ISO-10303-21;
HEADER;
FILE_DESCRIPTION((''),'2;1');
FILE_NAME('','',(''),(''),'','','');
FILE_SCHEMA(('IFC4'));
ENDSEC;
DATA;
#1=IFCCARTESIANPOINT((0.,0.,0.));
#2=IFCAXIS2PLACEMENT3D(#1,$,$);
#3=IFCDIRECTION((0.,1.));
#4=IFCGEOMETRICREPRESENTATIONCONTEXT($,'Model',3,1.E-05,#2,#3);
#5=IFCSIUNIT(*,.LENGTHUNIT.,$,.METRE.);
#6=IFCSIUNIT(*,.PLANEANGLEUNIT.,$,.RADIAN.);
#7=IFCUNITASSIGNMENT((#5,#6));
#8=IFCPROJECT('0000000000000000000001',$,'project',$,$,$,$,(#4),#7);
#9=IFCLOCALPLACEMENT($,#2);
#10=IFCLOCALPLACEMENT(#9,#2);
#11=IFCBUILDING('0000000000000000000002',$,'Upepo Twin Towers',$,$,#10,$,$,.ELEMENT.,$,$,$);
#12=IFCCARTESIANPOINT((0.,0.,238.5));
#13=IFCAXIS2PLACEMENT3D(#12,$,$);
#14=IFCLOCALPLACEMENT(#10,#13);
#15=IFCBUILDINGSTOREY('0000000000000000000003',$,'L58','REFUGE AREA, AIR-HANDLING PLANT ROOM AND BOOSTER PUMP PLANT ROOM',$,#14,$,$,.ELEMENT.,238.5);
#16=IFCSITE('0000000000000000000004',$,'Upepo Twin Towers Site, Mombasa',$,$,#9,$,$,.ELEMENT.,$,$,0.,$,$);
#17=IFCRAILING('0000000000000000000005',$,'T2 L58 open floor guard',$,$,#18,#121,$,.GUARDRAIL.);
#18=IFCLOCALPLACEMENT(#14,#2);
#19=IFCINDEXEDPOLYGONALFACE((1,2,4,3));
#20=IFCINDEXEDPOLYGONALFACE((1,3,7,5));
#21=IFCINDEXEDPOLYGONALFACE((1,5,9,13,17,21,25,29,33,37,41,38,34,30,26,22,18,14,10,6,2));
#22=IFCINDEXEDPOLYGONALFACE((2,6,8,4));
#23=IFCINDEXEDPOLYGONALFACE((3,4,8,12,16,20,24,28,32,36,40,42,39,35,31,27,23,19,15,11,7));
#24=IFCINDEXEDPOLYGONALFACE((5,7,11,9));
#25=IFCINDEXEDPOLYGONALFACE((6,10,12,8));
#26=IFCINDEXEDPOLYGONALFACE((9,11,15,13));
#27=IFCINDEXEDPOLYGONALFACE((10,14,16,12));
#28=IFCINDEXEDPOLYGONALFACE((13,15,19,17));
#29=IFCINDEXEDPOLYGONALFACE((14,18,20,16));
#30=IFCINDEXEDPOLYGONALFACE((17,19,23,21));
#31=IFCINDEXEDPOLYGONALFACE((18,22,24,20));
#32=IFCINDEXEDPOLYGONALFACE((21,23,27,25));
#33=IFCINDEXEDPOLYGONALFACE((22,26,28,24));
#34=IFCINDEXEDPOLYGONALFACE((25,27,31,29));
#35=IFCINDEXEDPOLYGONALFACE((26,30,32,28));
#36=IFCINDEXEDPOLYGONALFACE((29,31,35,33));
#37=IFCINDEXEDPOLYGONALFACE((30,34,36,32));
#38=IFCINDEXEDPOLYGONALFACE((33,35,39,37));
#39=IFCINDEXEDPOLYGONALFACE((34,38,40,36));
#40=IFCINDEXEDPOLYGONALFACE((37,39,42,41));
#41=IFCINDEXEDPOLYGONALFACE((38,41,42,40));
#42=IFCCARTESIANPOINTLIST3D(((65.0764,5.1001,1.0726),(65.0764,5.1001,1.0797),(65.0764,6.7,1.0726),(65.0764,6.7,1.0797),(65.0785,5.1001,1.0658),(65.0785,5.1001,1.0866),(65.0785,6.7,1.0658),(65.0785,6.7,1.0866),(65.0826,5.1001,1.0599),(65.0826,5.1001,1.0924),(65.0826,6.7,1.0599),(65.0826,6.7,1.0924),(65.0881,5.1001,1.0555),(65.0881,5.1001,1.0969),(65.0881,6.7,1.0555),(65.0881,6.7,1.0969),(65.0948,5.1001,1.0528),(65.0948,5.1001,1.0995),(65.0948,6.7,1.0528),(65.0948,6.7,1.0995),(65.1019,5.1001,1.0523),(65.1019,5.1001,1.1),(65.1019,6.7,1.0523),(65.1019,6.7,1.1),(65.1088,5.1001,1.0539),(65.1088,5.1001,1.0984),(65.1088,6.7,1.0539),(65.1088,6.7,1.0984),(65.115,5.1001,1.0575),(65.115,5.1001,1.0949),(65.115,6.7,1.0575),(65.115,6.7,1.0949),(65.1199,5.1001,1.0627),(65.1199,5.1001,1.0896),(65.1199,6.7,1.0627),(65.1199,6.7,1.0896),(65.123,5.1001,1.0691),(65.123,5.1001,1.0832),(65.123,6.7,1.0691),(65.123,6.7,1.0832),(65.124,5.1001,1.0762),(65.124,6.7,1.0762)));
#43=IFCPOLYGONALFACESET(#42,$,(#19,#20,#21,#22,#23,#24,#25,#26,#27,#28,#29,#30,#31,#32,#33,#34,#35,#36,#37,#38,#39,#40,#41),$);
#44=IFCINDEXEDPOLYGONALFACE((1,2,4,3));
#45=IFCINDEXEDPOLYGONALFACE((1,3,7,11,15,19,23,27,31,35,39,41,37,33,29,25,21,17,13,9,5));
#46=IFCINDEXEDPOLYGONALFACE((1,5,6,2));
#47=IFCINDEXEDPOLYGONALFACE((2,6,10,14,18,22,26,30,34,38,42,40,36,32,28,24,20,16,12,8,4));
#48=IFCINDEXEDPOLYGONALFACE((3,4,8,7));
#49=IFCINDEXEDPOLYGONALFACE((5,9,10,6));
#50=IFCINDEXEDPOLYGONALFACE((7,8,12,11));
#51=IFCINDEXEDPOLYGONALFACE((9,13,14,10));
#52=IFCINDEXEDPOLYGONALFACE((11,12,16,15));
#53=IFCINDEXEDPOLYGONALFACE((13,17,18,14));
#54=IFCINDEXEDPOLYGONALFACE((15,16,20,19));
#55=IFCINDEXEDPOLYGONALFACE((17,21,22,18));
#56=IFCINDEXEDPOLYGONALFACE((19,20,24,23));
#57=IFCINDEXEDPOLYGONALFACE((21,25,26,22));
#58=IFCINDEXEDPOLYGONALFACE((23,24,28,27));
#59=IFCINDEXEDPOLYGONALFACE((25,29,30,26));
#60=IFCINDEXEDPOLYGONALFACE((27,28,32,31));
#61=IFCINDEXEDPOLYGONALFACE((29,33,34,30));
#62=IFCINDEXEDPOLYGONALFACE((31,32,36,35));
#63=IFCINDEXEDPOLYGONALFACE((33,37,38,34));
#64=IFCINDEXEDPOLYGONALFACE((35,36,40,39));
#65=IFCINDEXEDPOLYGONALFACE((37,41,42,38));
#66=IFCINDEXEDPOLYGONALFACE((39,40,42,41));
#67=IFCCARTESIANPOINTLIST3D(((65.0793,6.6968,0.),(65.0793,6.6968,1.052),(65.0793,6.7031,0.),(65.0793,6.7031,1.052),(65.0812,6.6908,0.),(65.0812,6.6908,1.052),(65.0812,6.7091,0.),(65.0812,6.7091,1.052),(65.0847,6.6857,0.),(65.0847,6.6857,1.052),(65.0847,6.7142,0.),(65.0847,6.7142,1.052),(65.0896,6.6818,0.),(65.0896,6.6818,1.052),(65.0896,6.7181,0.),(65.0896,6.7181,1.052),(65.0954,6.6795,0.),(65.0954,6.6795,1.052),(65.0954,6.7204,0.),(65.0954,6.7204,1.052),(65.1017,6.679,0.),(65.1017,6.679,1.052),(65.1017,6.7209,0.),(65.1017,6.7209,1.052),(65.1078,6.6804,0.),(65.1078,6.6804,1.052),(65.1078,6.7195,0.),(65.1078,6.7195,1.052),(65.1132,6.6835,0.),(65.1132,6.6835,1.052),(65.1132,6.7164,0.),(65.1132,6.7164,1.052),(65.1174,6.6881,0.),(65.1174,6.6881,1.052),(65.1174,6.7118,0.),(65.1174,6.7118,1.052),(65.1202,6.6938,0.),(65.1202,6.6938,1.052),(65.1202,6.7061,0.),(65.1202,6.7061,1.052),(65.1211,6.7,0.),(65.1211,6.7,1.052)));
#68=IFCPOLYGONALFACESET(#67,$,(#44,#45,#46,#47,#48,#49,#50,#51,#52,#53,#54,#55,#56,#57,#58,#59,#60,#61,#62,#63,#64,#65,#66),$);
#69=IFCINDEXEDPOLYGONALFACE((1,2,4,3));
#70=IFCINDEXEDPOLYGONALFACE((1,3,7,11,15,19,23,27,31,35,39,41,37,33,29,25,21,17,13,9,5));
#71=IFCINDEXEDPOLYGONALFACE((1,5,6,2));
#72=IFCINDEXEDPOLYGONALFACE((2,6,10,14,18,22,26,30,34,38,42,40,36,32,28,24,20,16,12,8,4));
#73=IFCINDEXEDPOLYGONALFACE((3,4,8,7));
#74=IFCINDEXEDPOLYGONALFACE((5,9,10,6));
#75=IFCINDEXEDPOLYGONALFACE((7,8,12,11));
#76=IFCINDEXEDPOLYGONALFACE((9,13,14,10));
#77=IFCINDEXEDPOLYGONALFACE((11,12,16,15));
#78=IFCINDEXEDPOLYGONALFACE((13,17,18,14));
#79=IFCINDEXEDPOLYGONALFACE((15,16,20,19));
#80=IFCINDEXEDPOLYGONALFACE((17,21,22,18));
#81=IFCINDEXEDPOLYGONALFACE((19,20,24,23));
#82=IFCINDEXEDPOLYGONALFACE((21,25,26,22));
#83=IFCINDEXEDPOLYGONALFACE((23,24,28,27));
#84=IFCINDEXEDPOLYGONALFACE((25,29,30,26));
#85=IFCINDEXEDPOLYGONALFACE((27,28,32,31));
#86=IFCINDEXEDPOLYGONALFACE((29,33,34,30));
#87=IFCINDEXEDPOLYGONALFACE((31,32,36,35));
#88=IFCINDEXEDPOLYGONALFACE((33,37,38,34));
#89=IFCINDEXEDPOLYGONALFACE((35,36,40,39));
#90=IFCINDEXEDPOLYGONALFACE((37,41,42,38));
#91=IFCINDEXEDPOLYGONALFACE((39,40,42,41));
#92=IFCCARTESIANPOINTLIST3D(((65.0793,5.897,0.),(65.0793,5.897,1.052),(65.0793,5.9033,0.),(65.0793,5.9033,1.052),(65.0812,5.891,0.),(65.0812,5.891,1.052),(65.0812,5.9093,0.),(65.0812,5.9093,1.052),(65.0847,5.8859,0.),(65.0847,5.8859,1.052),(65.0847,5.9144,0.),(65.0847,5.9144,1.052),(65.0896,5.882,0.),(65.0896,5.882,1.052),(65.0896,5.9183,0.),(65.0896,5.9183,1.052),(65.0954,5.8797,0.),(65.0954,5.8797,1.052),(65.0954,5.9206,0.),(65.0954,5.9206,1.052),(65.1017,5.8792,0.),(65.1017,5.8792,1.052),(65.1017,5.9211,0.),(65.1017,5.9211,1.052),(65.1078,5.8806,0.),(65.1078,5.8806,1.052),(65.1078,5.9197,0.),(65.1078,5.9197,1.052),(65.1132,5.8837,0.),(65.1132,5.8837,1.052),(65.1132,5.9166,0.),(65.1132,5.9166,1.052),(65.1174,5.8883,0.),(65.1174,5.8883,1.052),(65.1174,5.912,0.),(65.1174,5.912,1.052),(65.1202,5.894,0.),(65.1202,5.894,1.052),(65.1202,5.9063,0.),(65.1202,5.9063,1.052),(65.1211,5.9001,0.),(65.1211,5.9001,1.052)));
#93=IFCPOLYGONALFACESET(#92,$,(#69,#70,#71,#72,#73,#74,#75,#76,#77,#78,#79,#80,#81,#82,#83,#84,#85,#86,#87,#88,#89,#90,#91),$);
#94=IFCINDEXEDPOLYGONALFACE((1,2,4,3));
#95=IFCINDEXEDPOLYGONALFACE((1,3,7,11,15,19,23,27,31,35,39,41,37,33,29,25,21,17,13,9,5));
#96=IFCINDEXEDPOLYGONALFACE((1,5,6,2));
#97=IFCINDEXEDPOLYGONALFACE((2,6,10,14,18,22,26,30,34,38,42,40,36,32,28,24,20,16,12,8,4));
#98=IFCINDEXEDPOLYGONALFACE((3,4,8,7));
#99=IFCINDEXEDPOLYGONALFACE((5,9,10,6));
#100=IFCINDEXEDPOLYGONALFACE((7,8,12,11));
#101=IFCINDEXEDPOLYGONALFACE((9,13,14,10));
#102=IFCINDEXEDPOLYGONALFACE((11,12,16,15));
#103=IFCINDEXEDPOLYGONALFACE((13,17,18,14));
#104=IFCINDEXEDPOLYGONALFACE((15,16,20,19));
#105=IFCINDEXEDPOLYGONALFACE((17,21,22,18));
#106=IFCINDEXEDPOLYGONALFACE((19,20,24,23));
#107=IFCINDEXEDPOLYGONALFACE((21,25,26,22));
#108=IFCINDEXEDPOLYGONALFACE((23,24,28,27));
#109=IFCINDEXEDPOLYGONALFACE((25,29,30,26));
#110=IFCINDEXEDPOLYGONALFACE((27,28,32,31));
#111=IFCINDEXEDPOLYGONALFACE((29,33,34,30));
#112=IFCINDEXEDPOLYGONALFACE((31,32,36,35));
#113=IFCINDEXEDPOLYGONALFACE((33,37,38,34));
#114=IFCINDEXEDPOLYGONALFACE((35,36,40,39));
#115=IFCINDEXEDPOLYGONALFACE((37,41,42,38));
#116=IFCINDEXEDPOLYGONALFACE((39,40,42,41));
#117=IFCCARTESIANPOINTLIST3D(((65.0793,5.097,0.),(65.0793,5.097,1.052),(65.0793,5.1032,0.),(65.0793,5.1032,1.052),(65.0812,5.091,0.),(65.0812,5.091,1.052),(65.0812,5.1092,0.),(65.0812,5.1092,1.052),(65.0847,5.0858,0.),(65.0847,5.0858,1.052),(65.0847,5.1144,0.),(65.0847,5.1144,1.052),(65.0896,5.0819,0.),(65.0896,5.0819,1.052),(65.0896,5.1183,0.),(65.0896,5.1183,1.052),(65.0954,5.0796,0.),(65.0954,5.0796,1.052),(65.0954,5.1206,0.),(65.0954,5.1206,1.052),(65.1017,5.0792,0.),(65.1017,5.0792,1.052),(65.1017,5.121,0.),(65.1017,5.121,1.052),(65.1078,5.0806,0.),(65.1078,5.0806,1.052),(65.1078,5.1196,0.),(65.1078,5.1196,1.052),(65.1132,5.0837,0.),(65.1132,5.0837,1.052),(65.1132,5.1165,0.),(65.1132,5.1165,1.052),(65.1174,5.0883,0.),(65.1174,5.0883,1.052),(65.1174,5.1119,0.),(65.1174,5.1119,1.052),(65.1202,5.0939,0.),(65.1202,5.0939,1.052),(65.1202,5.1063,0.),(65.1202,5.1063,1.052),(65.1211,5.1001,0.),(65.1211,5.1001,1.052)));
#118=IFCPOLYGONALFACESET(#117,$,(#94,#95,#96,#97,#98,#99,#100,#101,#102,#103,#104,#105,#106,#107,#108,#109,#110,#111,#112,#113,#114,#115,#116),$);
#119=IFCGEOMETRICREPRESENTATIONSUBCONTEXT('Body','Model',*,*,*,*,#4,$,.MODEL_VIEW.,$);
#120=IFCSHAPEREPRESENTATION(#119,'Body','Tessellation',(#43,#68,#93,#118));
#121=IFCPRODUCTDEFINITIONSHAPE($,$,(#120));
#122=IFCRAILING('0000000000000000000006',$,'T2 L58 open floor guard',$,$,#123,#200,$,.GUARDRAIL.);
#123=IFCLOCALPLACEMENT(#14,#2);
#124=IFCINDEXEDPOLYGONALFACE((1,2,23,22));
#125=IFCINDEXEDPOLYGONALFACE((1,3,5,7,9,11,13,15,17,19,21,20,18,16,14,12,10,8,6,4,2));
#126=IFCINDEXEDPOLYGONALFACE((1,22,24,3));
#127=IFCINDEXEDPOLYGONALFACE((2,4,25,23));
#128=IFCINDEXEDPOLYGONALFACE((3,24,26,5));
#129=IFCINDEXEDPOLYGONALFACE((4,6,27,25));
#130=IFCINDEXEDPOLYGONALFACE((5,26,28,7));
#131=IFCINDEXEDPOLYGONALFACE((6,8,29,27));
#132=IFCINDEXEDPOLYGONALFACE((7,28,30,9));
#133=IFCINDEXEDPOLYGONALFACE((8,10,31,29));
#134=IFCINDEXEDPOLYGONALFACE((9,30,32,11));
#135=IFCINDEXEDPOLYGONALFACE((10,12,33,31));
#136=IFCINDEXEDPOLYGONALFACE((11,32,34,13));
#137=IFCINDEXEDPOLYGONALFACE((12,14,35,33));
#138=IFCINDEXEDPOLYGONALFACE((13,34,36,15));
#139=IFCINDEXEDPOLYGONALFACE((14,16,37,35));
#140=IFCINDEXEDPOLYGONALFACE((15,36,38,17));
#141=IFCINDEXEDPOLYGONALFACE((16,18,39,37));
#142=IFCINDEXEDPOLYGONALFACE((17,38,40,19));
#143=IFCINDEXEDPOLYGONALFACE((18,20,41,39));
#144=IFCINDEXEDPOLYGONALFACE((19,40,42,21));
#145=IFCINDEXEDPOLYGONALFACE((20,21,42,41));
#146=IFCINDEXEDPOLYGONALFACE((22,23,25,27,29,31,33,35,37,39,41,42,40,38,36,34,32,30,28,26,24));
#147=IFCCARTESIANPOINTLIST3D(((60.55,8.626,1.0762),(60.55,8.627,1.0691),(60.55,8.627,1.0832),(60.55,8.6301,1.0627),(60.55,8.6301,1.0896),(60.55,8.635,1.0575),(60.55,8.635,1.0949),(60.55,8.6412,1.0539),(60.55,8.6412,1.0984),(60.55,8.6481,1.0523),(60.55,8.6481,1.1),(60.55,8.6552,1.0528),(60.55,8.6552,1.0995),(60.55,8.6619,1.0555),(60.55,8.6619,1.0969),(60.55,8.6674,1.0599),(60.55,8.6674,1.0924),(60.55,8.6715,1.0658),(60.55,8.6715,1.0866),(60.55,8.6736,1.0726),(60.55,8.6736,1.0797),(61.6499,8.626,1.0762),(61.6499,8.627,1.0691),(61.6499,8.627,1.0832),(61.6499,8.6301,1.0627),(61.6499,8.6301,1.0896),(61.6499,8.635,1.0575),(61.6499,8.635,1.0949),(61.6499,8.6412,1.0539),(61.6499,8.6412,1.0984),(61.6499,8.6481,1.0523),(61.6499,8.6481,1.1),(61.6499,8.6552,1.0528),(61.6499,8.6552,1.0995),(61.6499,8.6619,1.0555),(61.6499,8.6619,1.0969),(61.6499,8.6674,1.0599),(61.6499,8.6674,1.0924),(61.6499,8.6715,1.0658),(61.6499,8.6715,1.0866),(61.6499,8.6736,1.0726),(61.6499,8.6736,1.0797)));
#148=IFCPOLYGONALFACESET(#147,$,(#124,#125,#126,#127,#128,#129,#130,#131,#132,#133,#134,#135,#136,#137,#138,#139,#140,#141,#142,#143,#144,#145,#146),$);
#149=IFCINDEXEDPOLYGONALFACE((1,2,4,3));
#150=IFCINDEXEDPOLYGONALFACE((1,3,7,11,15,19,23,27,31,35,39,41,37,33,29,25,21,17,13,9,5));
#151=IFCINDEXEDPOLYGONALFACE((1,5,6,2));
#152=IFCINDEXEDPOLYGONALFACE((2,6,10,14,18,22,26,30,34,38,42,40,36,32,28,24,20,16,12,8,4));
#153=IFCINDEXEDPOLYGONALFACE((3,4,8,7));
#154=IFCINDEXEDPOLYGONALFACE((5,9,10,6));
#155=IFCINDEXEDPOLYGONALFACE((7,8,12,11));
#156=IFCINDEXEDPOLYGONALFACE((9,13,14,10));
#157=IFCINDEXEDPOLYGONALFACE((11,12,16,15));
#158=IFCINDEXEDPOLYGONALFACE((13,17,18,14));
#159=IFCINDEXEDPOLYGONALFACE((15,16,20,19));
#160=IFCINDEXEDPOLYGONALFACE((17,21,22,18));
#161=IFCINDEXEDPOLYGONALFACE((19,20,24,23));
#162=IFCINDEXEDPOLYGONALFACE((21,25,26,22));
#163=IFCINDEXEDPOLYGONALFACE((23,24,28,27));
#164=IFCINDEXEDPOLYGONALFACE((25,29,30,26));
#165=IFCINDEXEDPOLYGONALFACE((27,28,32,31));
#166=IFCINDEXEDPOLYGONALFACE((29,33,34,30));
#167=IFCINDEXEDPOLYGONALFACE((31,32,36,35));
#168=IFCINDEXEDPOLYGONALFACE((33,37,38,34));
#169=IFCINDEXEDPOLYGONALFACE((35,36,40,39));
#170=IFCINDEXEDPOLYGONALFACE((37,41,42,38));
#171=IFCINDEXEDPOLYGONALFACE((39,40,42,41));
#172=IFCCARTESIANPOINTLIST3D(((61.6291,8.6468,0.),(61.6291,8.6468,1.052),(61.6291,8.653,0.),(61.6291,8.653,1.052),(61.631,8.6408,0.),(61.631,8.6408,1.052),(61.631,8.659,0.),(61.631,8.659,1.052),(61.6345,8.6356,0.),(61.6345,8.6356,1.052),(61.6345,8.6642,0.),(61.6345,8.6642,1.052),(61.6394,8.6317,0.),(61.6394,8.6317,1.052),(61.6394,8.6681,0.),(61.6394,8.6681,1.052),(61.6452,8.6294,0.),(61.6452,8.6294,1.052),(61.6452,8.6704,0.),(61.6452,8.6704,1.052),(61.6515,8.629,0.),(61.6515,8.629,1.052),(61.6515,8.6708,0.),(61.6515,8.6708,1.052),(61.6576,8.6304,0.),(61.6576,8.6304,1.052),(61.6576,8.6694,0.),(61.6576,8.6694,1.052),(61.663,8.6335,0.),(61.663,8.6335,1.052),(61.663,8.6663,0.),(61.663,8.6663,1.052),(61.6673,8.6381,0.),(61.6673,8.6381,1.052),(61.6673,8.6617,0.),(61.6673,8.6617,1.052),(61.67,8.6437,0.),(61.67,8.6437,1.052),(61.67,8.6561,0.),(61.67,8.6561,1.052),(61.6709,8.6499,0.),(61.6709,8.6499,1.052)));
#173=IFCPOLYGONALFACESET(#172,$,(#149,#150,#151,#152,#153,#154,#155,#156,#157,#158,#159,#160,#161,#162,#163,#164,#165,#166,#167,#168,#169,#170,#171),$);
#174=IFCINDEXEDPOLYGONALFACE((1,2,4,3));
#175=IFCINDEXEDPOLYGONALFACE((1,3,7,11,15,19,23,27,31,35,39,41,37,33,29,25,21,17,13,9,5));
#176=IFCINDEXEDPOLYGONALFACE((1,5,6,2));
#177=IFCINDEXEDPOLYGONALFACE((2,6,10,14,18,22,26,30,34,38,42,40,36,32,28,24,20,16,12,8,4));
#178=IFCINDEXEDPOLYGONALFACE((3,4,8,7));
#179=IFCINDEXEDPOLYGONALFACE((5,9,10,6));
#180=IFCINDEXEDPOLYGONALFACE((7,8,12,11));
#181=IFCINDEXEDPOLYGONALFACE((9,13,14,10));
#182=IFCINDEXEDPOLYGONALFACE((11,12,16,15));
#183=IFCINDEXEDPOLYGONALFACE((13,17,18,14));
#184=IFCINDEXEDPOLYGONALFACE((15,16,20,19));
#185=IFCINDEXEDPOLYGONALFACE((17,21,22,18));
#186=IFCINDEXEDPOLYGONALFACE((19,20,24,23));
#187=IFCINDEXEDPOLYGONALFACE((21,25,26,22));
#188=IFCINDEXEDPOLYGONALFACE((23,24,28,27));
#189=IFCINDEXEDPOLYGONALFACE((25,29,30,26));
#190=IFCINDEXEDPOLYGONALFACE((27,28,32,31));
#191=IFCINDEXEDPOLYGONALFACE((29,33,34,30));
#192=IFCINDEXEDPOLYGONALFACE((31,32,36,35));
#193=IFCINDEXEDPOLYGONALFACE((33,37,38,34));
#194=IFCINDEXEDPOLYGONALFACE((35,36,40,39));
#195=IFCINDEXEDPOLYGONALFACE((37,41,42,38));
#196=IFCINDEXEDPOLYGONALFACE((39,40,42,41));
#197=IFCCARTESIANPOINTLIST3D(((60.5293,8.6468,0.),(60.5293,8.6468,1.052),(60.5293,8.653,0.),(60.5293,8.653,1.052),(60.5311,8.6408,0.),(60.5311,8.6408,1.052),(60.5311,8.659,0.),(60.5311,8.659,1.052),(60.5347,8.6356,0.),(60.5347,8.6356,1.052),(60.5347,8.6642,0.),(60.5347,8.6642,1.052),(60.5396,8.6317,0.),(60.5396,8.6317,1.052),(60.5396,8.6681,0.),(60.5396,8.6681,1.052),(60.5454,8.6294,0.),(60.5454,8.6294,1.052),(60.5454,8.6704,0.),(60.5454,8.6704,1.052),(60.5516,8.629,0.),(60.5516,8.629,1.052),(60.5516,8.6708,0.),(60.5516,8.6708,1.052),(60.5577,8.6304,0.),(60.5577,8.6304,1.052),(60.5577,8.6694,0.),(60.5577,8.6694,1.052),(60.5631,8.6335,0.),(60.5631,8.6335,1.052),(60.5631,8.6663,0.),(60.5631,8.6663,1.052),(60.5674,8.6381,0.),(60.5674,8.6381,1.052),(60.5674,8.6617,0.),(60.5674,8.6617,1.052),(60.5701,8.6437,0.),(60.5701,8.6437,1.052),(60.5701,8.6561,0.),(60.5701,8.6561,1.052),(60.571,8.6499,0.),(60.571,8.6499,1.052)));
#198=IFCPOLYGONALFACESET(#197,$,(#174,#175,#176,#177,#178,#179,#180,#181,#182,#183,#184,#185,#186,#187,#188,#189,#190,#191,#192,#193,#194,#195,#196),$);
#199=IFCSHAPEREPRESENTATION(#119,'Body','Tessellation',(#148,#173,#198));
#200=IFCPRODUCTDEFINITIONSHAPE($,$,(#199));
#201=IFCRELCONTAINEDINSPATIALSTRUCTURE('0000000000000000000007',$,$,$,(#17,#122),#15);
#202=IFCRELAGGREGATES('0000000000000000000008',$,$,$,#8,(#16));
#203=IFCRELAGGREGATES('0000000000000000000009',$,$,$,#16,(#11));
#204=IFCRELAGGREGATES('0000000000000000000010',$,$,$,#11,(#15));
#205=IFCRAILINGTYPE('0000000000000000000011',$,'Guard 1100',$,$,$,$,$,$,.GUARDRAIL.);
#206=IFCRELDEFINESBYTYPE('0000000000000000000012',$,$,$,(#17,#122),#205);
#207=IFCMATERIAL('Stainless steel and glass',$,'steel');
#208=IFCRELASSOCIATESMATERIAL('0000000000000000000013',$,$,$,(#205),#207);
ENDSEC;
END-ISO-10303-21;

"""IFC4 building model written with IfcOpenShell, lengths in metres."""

from ifc_helpers import new_model, si_unit, direction, frame, origin, origin_2d, place, context, subcontext, project, spatial, circle, extrude, material, type_object, element, save


model = new_model("IFC4")

# Units and contexts
model_context = context("Model", 3, precision=1e-05, world=origin(), true_north=direction((0.0, 1.0)))
body_context = subcontext(model_context, "Body", "Model", "MODEL_VIEW")
ifc_project = project(units=[si_unit("LENGTHUNIT", "METRE"), si_unit("PLANEANGLEUNIT", "RADIAN")], contexts=[model_context])

# Site, building, storey
site_placement = place(None, origin())
site = spatial("IfcSite", under=ifc_project, at=site_placement, Name="Upepo Twin Towers Site, Mombasa", CompositionType="ELEMENT", RefElevation=0.0)
building_placement = place(site_placement, origin())
building = spatial("IfcBuilding", under=site, at=building_placement, Name="Upepo Twin Towers", CompositionType="ELEMENT")
storey_placement = place(building_placement, frame((0.0, 0.0, 238.5)))
storey = spatial("IfcBuildingStorey", under=building, at=storey_placement, Name="L58", Description="REFUGE AREA, AIR-HANDLING PLANT ROOM AND BOOSTER PUMP PLANT ROOM", CompositionType="ELEMENT", Elevation=238.5)

# Railings
ifc_material_1 = material(Name="Stainless steel and glass", Category="steel")
railing_type = type_object("IfcRailingType", Name="Guard 1100", PredefinedType="GUARDRAIL", material=ifc_material_1)
railing_placement = place(storey_placement, frame((65.1001, 6.7, 0.0)))
element("IfcRailing", 1, at=railing_placement, inside=storey, type_object=railing_type, Name="T2 L58 open floor guard", PredefinedType="GUARDRAIL", context=body_context, shape_type="SweptSolid", body=[
    extrude(circle(Radius=0.0239, at=origin_2d()), frame((0.0, 0.0, 1.0762), z_axis=(0.0, -1.0, 0.0), x_axis=(1.0, 0.0, 0.0)), (0.0, 0.0, 1.0), 1.5999),
    extrude(circle(Radius=0.021, at=origin_2d()), origin(), (0.0, 0.0, 1.0), 1.052),
    extrude(circle(Radius=0.021, at=origin_2d()), frame((0.0, -0.7998, 0.0)), (0.0, 0.0, 1.0), 1.052),
    extrude(circle(Radius=0.021, at=origin_2d()), frame((0.0, -1.5999, 0.0)), (0.0, 0.0, 1.0), 1.052),
])
for number, where, name in (
    (2, (61.6499, 8.6499, 0.0), "T2 L58 open floor guard"),
):
    element("IfcRailing", number, at=place(storey_placement, frame(where)), inside=storey, type_object=railing_type, Name=name, PredefinedType="GUARDRAIL", context=body_context, shape_type="SweptSolid", body=[
        extrude(circle(Radius=0.0239, at=origin_2d()), frame((0.0, 0.0, 1.0762), z_axis=(-1.0, 0.0, 0.0), x_axis=(0.0, -1.0, 0.0)), (0.0, 0.0, 1.0), 1.0999),
        extrude(circle(Radius=0.021, at=origin_2d()), origin(), (0.0, 0.0, 1.0), 1.052),
        extrude(circle(Radius=0.021, at=origin_2d()), frame((-1.0999, 0.0, 0.0)), (0.0, 0.0, 1.0), 1.052),
    ])

save(model, "model.ifc")
